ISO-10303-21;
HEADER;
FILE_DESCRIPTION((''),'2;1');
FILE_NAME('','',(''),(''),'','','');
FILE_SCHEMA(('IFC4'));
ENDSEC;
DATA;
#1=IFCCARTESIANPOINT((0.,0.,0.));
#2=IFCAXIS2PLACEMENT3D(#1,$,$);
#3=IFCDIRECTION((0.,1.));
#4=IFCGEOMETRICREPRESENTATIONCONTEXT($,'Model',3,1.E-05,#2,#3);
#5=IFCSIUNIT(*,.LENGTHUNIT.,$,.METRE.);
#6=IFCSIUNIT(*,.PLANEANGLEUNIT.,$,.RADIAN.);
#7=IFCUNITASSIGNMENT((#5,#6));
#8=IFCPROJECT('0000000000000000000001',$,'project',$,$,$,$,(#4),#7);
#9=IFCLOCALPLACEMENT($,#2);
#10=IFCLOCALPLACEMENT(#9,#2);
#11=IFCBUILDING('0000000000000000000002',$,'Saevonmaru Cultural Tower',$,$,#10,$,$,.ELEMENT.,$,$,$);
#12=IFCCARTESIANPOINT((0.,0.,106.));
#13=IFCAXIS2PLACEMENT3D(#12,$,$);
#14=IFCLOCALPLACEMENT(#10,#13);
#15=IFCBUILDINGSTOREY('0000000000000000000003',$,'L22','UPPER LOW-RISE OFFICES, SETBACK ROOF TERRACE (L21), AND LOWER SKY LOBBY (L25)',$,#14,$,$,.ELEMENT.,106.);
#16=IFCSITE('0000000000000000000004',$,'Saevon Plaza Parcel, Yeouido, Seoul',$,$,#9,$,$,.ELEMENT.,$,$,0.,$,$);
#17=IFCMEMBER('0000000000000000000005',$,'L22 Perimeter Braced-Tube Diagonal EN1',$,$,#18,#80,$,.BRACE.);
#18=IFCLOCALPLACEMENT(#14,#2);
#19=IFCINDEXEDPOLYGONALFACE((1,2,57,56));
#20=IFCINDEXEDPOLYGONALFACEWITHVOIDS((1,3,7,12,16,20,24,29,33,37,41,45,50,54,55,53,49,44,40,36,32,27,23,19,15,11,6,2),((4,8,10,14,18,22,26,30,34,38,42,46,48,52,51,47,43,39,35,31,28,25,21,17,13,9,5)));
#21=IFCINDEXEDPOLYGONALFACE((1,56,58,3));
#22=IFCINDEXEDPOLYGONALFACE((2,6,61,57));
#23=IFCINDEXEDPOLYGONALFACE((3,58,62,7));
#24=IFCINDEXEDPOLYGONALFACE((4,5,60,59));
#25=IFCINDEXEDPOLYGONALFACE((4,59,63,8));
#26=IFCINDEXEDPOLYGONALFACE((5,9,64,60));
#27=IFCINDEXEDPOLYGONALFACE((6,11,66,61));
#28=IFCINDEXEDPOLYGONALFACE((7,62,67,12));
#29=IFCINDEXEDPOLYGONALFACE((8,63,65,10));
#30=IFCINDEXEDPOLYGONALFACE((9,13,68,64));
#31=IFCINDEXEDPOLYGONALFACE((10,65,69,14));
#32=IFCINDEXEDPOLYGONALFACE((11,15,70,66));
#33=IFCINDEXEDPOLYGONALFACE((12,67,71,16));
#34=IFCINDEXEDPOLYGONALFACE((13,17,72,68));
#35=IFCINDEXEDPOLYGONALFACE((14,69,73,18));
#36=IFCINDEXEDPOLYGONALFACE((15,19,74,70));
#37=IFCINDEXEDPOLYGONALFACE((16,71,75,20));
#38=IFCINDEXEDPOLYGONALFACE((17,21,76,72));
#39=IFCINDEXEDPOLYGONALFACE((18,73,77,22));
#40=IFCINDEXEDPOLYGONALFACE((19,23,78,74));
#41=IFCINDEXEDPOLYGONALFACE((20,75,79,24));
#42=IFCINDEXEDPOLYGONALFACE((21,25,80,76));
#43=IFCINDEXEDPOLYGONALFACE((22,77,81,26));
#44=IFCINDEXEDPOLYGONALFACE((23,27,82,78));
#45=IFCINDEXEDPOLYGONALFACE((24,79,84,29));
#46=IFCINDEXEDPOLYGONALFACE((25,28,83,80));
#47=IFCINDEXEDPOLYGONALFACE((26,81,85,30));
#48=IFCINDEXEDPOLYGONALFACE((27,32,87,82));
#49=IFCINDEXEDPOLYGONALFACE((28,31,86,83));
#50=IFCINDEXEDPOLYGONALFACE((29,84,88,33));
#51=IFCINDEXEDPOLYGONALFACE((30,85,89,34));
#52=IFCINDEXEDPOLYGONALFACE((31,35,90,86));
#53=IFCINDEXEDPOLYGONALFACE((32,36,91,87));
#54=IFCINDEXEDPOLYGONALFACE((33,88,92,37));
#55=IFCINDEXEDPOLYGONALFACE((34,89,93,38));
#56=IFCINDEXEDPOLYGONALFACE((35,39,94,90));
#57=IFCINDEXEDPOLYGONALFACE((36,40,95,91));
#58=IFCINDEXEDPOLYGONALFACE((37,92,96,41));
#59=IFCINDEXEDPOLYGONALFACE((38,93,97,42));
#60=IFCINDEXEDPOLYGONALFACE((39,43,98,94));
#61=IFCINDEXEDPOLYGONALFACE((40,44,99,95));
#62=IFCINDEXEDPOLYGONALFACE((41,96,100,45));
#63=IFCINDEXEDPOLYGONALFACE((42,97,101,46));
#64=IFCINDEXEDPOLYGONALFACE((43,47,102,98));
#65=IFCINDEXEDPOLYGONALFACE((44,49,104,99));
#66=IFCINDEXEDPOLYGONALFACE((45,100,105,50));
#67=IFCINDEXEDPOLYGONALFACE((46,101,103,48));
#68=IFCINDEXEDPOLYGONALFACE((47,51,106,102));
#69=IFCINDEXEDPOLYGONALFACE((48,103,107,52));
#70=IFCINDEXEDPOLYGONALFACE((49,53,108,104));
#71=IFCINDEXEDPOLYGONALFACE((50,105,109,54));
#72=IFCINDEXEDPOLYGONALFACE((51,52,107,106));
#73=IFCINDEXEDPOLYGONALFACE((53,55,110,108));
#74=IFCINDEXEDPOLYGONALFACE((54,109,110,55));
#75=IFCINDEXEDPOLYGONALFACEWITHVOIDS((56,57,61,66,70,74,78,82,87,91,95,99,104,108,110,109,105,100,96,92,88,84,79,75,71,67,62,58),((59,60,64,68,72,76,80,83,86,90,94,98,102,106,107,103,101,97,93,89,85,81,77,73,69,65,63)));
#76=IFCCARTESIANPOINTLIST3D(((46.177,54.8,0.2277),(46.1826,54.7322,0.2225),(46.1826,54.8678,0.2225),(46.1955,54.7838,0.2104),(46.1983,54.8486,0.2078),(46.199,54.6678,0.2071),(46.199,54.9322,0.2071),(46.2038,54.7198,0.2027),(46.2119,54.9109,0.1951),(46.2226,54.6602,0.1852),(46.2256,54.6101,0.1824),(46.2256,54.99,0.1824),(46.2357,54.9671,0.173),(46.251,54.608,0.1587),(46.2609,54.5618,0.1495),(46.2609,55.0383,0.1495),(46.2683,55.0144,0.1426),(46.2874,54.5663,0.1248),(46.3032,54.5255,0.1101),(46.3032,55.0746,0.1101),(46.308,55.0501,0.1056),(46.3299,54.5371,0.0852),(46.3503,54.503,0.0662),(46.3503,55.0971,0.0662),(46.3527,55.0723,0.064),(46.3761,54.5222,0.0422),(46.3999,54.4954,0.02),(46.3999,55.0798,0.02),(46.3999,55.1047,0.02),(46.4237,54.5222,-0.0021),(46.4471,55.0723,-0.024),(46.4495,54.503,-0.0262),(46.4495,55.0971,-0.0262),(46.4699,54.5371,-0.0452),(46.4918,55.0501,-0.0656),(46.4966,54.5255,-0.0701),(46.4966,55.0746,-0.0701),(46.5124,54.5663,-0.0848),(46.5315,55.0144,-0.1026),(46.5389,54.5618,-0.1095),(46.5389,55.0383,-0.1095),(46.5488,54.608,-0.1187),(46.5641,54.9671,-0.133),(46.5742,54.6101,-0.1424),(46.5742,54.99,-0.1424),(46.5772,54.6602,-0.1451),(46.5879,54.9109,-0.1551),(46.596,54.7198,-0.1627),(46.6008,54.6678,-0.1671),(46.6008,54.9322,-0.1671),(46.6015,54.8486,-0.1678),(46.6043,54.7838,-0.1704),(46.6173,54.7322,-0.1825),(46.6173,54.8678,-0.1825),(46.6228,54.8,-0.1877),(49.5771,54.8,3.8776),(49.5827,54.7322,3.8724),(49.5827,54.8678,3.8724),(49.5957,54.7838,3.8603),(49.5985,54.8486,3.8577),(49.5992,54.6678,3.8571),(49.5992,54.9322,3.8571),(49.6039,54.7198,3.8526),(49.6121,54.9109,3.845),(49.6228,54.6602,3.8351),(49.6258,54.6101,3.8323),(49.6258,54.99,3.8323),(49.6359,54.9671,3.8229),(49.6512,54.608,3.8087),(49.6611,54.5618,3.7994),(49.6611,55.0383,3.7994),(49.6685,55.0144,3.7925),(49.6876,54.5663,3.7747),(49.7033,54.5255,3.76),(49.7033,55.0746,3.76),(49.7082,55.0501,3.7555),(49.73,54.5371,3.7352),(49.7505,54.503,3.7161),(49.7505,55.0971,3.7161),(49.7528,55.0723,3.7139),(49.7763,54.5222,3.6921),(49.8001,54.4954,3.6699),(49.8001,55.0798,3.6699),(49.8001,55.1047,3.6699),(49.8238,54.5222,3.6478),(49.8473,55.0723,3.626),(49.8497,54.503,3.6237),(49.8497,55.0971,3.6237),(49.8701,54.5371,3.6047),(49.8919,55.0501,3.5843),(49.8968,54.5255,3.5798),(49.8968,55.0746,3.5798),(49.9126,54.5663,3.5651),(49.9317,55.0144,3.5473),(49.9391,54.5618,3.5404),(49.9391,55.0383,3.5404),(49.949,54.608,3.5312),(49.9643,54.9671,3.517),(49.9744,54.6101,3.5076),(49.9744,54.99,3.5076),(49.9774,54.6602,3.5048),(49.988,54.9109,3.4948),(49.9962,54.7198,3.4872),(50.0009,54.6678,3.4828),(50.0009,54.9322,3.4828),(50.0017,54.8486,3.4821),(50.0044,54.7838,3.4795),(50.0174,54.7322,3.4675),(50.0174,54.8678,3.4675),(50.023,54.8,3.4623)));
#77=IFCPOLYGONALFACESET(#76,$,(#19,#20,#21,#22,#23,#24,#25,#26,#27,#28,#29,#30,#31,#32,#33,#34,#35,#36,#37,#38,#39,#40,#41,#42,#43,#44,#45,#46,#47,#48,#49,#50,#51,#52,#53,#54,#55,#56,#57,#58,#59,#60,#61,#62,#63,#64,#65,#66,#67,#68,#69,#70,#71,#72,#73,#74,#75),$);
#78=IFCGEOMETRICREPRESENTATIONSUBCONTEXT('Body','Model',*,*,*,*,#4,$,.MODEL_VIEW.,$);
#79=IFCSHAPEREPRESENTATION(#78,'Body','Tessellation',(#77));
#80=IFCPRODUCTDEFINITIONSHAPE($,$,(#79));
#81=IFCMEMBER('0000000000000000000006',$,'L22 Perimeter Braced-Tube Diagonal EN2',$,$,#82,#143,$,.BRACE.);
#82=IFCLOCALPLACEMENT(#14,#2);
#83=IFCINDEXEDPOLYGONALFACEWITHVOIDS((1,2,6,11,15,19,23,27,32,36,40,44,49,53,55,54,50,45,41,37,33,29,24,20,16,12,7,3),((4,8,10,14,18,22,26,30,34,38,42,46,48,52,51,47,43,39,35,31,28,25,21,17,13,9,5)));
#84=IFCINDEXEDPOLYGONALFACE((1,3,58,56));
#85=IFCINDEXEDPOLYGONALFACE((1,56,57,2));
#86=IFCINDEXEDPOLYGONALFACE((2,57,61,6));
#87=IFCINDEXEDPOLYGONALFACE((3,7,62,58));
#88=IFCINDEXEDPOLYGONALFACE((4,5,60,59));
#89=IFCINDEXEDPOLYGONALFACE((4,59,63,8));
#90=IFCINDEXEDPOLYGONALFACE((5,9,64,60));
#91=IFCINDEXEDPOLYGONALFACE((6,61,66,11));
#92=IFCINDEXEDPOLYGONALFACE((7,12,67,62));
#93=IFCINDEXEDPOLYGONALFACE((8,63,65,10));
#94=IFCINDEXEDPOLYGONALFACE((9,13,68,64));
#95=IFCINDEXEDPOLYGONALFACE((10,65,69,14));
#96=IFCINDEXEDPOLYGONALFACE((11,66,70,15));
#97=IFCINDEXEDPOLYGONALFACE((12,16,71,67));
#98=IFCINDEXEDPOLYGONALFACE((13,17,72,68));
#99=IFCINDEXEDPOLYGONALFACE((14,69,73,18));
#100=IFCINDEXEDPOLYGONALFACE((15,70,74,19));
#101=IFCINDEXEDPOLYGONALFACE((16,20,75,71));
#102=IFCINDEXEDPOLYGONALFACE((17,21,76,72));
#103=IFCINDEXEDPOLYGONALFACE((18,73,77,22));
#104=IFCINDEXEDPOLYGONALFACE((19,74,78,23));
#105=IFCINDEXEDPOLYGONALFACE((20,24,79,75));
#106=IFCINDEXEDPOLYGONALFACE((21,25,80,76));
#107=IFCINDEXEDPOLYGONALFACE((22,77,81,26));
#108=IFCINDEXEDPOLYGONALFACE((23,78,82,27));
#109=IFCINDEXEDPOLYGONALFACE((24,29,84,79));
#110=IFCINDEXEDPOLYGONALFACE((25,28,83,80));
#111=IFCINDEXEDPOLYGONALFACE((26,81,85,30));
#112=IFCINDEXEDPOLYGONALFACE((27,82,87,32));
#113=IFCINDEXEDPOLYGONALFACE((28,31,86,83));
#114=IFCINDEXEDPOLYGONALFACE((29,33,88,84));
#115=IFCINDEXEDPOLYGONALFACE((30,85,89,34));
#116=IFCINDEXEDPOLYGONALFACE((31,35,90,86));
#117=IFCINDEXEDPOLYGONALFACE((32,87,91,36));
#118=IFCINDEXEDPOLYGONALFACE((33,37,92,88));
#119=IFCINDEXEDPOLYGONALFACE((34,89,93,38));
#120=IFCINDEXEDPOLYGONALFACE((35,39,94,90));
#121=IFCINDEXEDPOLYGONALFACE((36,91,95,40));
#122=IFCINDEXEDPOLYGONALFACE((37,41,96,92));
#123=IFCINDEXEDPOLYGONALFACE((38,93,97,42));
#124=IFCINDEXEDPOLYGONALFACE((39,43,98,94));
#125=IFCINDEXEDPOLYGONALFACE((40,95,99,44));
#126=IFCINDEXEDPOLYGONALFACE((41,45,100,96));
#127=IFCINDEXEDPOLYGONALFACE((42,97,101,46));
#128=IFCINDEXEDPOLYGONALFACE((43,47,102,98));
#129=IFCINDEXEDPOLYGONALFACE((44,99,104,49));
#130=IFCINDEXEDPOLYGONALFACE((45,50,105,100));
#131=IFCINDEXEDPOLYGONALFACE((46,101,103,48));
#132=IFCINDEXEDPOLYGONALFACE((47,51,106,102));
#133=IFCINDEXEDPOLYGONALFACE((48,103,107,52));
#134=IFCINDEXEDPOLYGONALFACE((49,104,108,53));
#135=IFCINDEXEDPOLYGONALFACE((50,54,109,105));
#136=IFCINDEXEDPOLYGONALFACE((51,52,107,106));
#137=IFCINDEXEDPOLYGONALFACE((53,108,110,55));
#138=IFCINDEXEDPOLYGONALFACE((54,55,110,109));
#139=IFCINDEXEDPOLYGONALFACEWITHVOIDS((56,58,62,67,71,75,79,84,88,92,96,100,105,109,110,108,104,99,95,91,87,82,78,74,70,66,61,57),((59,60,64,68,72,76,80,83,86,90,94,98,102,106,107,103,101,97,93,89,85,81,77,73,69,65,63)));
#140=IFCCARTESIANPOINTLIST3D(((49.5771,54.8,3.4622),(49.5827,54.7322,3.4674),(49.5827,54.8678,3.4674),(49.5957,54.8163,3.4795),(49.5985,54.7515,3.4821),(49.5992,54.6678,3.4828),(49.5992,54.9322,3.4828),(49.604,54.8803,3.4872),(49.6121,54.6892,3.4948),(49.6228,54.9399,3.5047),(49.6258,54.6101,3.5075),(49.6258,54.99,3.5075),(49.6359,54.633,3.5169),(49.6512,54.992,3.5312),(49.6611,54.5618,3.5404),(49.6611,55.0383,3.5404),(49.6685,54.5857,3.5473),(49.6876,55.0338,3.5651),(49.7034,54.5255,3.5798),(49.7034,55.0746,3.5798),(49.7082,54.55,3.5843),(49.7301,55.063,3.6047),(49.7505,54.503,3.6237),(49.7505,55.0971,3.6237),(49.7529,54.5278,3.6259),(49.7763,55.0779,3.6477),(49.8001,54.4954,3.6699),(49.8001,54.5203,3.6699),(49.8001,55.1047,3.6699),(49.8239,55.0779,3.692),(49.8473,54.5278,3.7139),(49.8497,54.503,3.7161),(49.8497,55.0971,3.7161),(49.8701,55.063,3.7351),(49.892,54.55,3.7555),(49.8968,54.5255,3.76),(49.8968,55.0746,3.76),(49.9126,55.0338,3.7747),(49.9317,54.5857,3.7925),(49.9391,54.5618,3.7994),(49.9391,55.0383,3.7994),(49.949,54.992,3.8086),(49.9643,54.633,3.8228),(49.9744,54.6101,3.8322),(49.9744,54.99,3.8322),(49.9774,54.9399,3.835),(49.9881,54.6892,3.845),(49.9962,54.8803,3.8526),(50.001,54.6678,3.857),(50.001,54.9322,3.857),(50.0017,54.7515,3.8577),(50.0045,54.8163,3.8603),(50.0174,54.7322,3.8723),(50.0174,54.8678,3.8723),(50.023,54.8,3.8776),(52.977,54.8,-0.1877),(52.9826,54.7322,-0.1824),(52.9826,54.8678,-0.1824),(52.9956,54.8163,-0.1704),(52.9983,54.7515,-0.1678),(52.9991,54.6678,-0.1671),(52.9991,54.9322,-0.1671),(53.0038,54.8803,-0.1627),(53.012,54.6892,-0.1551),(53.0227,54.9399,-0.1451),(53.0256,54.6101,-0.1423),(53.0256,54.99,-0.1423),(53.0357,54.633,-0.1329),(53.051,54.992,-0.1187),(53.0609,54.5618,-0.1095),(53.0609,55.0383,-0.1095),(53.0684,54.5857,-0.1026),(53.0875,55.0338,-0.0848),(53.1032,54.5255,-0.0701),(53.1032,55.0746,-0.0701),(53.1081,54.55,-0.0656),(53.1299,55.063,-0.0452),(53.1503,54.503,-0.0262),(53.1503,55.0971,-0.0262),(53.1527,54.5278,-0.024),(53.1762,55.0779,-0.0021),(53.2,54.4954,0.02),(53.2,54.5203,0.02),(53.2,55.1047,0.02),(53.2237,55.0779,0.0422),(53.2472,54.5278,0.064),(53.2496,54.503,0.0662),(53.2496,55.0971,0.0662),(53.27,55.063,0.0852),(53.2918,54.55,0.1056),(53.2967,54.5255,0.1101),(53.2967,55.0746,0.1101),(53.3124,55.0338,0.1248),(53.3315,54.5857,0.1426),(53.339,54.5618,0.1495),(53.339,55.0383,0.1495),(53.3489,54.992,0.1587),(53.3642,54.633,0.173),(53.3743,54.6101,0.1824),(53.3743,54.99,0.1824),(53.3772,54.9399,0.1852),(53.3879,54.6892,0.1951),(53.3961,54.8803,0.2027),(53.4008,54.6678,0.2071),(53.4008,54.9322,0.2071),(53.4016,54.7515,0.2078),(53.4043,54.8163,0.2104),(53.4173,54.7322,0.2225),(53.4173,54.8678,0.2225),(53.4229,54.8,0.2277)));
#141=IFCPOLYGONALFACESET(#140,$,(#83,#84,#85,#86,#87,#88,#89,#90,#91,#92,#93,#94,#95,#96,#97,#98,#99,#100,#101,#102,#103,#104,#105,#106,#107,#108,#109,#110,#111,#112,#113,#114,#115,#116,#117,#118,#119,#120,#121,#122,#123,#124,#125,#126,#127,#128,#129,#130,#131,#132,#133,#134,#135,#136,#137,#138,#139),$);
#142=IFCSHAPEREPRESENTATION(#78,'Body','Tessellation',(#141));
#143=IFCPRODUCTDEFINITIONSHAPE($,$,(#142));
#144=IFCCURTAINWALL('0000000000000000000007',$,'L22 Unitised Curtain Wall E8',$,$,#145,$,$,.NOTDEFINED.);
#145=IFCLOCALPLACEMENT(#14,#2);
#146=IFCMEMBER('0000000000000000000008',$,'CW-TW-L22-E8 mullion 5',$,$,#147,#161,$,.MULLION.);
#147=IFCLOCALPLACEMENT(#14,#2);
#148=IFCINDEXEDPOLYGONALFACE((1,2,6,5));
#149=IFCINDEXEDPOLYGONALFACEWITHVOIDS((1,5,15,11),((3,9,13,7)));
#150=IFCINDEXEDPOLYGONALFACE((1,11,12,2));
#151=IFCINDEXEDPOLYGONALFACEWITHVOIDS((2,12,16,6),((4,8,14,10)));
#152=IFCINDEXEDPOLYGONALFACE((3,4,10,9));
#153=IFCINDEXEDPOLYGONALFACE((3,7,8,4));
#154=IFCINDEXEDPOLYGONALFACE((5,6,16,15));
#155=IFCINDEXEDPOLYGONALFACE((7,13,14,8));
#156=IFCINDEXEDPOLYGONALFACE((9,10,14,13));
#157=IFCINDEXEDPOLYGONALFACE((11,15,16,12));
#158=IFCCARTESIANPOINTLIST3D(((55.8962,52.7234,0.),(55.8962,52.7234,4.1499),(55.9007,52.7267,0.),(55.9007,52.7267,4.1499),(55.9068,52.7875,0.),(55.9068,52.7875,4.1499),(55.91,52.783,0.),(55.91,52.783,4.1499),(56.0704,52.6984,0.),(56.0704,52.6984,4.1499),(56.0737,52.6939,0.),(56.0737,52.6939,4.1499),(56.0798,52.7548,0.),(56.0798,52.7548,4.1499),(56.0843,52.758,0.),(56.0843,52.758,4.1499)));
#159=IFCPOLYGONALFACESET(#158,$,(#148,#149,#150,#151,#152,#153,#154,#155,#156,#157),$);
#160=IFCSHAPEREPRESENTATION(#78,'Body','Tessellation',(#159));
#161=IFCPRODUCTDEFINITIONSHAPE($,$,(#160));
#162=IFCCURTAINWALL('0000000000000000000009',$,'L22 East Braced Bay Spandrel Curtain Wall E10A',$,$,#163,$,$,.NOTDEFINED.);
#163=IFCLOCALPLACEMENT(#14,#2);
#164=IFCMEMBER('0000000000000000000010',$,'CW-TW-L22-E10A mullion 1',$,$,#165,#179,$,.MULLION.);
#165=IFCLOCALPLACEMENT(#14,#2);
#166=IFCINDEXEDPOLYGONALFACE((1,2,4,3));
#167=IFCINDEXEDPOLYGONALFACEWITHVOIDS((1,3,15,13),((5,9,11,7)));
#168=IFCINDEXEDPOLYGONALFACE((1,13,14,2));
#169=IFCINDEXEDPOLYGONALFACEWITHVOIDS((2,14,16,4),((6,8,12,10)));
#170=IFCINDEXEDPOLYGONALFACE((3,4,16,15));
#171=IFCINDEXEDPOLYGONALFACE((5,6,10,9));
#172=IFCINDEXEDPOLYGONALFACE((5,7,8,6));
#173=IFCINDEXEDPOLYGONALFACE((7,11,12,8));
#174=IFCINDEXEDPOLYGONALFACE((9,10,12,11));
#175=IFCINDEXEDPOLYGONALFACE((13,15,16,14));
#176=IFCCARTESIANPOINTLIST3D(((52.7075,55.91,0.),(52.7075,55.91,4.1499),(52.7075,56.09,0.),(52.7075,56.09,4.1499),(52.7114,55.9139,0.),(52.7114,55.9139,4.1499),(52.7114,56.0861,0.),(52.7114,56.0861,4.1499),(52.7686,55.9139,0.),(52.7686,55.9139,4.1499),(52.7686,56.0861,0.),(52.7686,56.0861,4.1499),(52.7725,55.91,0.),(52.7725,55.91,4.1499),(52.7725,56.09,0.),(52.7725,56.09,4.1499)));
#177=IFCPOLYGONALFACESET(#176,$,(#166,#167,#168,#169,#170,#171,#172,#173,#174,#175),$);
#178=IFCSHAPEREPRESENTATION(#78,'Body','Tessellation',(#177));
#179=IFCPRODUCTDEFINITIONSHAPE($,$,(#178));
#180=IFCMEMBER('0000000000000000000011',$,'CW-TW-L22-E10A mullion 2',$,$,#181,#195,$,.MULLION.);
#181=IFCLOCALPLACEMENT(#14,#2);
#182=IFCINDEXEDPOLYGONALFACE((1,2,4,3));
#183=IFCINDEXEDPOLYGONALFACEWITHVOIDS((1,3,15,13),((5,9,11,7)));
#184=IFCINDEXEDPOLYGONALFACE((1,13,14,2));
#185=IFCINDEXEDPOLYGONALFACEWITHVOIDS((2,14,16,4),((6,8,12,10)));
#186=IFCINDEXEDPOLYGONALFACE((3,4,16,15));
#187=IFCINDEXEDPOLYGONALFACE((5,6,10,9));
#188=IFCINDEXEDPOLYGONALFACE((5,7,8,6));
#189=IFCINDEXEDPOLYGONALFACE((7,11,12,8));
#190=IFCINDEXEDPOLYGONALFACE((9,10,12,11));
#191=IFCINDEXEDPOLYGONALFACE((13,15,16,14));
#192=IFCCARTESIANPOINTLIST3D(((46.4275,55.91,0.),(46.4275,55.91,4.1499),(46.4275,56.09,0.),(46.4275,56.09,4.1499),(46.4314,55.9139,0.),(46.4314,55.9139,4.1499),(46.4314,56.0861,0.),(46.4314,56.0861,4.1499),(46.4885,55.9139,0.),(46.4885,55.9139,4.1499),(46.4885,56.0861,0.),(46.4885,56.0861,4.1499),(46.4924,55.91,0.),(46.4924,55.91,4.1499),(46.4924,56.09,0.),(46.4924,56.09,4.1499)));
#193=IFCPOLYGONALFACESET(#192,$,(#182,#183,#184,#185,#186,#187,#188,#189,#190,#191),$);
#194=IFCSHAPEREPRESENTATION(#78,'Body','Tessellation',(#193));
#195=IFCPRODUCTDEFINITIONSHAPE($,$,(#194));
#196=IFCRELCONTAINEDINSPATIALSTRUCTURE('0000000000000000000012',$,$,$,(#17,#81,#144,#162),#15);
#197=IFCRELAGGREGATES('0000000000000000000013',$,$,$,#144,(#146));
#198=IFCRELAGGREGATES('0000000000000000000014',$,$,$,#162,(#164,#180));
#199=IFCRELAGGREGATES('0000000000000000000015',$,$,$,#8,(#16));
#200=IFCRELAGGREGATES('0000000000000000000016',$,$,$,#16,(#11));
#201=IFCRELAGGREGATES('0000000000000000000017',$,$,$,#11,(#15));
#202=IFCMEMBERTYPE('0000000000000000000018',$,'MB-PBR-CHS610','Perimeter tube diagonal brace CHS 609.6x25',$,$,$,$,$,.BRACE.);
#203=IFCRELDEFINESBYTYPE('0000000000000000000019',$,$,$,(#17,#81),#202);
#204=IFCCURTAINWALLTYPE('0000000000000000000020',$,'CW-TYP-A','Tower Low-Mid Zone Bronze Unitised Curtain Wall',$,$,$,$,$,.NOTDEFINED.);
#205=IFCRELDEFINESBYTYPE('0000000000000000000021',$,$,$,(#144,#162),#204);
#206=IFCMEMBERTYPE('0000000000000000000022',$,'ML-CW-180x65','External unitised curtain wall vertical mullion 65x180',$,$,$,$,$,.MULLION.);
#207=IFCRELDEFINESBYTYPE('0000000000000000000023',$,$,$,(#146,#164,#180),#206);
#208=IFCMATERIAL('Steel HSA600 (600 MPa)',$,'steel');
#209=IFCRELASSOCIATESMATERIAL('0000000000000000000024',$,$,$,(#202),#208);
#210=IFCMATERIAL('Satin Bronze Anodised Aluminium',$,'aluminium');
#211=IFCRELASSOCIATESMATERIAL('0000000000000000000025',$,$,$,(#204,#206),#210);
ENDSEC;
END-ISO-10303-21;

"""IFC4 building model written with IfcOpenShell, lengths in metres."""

from ifc_helpers import new_model, si_unit, direction, frame, origin, origin_2d, place, context, subcontext, project, spatial, hollow_rectangle, hollow_circle, extrude, material, material_profile, profile_set, type_object, element, aggregate, save


model = new_model("IFC4")

# Units and contexts
model_context = context("Model", 3, precision=1e-05, world=origin(), true_north=direction((0.0, 1.0)))
body_context = subcontext(model_context, "Body", "Model", "MODEL_VIEW")
ifc_project = project(units=[si_unit("LENGTHUNIT", "METRE"), si_unit("PLANEANGLEUNIT", "RADIAN")], contexts=[model_context])

# Site, building, storey
site_placement = place(None, origin())
site = spatial("IfcSite", under=ifc_project, at=site_placement, Name="Saevon Plaza Parcel, Yeouido, Seoul", CompositionType="ELEMENT", RefElevation=0.0)
building_placement = place(site_placement, origin())
building = spatial("IfcBuilding", under=site, at=building_placement, Name="Saevonmaru Cultural Tower", CompositionType="ELEMENT")
storey_placement = place(building_placement, frame((0.0, 0.0, 106.0)))
storey = spatial("IfcBuildingStorey", under=building, at=storey_placement, Name="L22", Description="UPPER LOW-RISE OFFICES, SETBACK ROOF TERRACE (L21), AND LOWER SKY LOBBY (L25)", CompositionType="ELEMENT", Elevation=106.0)

# Members
ifc_material_1 = material(Name="Steel HSA600 (600 MPa)", Category="steel")
ifc_material_profile_1 = material_profile(ifc_material_1, hollow_circle(Radius=0.3047, WallThickness=0.0249, at=origin_2d()), Name="CHS-609.6x25")
ifc_profile_set_1 = profile_set([ifc_material_profile_1], Name="Steel HSA600 (600 MPa)")
member_type_1 = type_object("IfcMemberType", Name="MB-PBR-CHS610", Description="Perimeter tube diagonal brace CHS 609.6x25", PredefinedType="BRACE", material=ifc_profile_set_1)
member_1_placement = place(storey_placement, frame((46.3999, 54.8, 0.02), z_axis=(0.681629, 0.0, 0.731698), x_axis=(0.0, 1.0, 0.0)))
element("IfcMember", 1, at=member_1_placement, inside=storey, type_object=member_type_1, Name="L22 Perimeter Braced-Tube Diagonal EN1", PredefinedType="BRACE", context=body_context, shape_type="SweptSolid", body=[
    extrude(hollow_circle(Radius=0.3047, WallThickness=0.0249, at=origin_2d()), origin(), (0.0, 0.0, 1.0), 4.9883),
])
member_2_placement = place(storey_placement, frame((53.2, 54.8, 0.02), z_axis=(-0.681603, 0.0, 0.731722), x_axis=(0.0, -1.0, 0.0)))
element("IfcMember", 2, at=member_2_placement, inside=storey, type_object=member_type_1, Name="L22 Perimeter Braced-Tube Diagonal EN2", PredefinedType="BRACE", context=body_context, shape_type="SweptSolid", body=[
    extrude(hollow_circle(Radius=0.3047, WallThickness=0.0249, at=origin_2d()), origin(), (0.0, 0.0, 1.0), 4.988),
])

# Curtain wall, member
ifc_material_2 = material(Name="Satin Bronze Anodised Aluminium", Category="aluminium")
curtain_wall_type = type_object("IfcCurtainWallType", Name="CW-TYP-A", Description="Tower Low-Mid Zone Bronze Unitised Curtain Wall", PredefinedType="NOTDEFINED", material=ifc_material_2)
curtain_wall_1_placement = place(storey_placement, origin())
curtain_wall_1 = element("IfcCurtainWall", 3, at=curtain_wall_1_placement, inside=storey, type_object=curtain_wall_type, Name="L22 Unitised Curtain Wall E8", PredefinedType="NOTDEFINED")
ifc_material_profile_2 = material_profile(ifc_material_2, hollow_rectangle(XDim=0.0649, YDim=0.1799, WallThickness=0.0039, at=origin_2d()), Name="ALU-MULL-180x65x4")
ifc_profile_set_2 = profile_set([ifc_material_profile_2], Name="Satin Bronze Anodised Aluminium")
member_type_2 = type_object("IfcMemberType", Name="ML-CW-180x65", Description="External unitised curtain wall vertical mullion 65x180", PredefinedType="MULLION", material=ifc_profile_set_2)
member_3_placement = place(storey_placement, frame((55.9902, 52.7407, 0.0), z_axis=(0.0, 0.0, 1.0), x_axis=(0.163999, 0.986461, 0.0)))
member_3 = element("IfcMember", 4, at=member_3_placement, type_object=member_type_2, Name="CW-TW-L22-E8 mullion 5", PredefinedType="MULLION", context=body_context, shape_type="SweptSolid", body=[
    extrude(hollow_rectangle(XDim=0.0649, YDim=0.1799, WallThickness=0.0039, at=origin_2d()), origin(), (0.0, 0.0, 1.0), 4.1499),
])
aggregate(curtain_wall_1, [member_3])

# Curtain wall, members
curtain_wall_2_placement = place(storey_placement, origin())
curtain_wall_2 = element("IfcCurtainWall", 5, at=curtain_wall_2_placement, inside=storey, type_object=curtain_wall_type, Name="L22 East Braced Bay Spandrel Curtain Wall E10A", PredefinedType="NOTDEFINED")
member_4_placement = place(storey_placement, frame((52.74, 56.0, 0.0), z_axis=(0.0, 0.0, 1.0), x_axis=(-1.0, 0.0, 0.0)))
member_4 = element("IfcMember", 6, at=member_4_placement, type_object=member_type_2, Name="CW-TW-L22-E10A mullion 1", PredefinedType="MULLION", context=body_context, shape_type="SweptSolid", body=[
    extrude(hollow_rectangle(XDim=0.0649, YDim=0.1799, WallThickness=0.0039, at=origin_2d()), origin(), (0.0, 0.0, 1.0), 4.1499),
])
member_5_placement = place(storey_placement, frame((46.46, 56.0, 0.0), z_axis=(0.0, 0.0, 1.0), x_axis=(-1.0, 0.0, 0.0)))
member_5 = element("IfcMember", 7, at=member_5_placement, type_object=member_type_2, Name="CW-TW-L22-E10A mullion 2", PredefinedType="MULLION", context=body_context, shape_type="SweptSolid", body=[
    extrude(hollow_rectangle(XDim=0.0649, YDim=0.1799, WallThickness=0.0039, at=origin_2d()), origin(), (0.0, 0.0, 1.0), 4.1499),
])

aggregate(curtain_wall_2, [member_4, member_5])

save(model, "model.ifc")
